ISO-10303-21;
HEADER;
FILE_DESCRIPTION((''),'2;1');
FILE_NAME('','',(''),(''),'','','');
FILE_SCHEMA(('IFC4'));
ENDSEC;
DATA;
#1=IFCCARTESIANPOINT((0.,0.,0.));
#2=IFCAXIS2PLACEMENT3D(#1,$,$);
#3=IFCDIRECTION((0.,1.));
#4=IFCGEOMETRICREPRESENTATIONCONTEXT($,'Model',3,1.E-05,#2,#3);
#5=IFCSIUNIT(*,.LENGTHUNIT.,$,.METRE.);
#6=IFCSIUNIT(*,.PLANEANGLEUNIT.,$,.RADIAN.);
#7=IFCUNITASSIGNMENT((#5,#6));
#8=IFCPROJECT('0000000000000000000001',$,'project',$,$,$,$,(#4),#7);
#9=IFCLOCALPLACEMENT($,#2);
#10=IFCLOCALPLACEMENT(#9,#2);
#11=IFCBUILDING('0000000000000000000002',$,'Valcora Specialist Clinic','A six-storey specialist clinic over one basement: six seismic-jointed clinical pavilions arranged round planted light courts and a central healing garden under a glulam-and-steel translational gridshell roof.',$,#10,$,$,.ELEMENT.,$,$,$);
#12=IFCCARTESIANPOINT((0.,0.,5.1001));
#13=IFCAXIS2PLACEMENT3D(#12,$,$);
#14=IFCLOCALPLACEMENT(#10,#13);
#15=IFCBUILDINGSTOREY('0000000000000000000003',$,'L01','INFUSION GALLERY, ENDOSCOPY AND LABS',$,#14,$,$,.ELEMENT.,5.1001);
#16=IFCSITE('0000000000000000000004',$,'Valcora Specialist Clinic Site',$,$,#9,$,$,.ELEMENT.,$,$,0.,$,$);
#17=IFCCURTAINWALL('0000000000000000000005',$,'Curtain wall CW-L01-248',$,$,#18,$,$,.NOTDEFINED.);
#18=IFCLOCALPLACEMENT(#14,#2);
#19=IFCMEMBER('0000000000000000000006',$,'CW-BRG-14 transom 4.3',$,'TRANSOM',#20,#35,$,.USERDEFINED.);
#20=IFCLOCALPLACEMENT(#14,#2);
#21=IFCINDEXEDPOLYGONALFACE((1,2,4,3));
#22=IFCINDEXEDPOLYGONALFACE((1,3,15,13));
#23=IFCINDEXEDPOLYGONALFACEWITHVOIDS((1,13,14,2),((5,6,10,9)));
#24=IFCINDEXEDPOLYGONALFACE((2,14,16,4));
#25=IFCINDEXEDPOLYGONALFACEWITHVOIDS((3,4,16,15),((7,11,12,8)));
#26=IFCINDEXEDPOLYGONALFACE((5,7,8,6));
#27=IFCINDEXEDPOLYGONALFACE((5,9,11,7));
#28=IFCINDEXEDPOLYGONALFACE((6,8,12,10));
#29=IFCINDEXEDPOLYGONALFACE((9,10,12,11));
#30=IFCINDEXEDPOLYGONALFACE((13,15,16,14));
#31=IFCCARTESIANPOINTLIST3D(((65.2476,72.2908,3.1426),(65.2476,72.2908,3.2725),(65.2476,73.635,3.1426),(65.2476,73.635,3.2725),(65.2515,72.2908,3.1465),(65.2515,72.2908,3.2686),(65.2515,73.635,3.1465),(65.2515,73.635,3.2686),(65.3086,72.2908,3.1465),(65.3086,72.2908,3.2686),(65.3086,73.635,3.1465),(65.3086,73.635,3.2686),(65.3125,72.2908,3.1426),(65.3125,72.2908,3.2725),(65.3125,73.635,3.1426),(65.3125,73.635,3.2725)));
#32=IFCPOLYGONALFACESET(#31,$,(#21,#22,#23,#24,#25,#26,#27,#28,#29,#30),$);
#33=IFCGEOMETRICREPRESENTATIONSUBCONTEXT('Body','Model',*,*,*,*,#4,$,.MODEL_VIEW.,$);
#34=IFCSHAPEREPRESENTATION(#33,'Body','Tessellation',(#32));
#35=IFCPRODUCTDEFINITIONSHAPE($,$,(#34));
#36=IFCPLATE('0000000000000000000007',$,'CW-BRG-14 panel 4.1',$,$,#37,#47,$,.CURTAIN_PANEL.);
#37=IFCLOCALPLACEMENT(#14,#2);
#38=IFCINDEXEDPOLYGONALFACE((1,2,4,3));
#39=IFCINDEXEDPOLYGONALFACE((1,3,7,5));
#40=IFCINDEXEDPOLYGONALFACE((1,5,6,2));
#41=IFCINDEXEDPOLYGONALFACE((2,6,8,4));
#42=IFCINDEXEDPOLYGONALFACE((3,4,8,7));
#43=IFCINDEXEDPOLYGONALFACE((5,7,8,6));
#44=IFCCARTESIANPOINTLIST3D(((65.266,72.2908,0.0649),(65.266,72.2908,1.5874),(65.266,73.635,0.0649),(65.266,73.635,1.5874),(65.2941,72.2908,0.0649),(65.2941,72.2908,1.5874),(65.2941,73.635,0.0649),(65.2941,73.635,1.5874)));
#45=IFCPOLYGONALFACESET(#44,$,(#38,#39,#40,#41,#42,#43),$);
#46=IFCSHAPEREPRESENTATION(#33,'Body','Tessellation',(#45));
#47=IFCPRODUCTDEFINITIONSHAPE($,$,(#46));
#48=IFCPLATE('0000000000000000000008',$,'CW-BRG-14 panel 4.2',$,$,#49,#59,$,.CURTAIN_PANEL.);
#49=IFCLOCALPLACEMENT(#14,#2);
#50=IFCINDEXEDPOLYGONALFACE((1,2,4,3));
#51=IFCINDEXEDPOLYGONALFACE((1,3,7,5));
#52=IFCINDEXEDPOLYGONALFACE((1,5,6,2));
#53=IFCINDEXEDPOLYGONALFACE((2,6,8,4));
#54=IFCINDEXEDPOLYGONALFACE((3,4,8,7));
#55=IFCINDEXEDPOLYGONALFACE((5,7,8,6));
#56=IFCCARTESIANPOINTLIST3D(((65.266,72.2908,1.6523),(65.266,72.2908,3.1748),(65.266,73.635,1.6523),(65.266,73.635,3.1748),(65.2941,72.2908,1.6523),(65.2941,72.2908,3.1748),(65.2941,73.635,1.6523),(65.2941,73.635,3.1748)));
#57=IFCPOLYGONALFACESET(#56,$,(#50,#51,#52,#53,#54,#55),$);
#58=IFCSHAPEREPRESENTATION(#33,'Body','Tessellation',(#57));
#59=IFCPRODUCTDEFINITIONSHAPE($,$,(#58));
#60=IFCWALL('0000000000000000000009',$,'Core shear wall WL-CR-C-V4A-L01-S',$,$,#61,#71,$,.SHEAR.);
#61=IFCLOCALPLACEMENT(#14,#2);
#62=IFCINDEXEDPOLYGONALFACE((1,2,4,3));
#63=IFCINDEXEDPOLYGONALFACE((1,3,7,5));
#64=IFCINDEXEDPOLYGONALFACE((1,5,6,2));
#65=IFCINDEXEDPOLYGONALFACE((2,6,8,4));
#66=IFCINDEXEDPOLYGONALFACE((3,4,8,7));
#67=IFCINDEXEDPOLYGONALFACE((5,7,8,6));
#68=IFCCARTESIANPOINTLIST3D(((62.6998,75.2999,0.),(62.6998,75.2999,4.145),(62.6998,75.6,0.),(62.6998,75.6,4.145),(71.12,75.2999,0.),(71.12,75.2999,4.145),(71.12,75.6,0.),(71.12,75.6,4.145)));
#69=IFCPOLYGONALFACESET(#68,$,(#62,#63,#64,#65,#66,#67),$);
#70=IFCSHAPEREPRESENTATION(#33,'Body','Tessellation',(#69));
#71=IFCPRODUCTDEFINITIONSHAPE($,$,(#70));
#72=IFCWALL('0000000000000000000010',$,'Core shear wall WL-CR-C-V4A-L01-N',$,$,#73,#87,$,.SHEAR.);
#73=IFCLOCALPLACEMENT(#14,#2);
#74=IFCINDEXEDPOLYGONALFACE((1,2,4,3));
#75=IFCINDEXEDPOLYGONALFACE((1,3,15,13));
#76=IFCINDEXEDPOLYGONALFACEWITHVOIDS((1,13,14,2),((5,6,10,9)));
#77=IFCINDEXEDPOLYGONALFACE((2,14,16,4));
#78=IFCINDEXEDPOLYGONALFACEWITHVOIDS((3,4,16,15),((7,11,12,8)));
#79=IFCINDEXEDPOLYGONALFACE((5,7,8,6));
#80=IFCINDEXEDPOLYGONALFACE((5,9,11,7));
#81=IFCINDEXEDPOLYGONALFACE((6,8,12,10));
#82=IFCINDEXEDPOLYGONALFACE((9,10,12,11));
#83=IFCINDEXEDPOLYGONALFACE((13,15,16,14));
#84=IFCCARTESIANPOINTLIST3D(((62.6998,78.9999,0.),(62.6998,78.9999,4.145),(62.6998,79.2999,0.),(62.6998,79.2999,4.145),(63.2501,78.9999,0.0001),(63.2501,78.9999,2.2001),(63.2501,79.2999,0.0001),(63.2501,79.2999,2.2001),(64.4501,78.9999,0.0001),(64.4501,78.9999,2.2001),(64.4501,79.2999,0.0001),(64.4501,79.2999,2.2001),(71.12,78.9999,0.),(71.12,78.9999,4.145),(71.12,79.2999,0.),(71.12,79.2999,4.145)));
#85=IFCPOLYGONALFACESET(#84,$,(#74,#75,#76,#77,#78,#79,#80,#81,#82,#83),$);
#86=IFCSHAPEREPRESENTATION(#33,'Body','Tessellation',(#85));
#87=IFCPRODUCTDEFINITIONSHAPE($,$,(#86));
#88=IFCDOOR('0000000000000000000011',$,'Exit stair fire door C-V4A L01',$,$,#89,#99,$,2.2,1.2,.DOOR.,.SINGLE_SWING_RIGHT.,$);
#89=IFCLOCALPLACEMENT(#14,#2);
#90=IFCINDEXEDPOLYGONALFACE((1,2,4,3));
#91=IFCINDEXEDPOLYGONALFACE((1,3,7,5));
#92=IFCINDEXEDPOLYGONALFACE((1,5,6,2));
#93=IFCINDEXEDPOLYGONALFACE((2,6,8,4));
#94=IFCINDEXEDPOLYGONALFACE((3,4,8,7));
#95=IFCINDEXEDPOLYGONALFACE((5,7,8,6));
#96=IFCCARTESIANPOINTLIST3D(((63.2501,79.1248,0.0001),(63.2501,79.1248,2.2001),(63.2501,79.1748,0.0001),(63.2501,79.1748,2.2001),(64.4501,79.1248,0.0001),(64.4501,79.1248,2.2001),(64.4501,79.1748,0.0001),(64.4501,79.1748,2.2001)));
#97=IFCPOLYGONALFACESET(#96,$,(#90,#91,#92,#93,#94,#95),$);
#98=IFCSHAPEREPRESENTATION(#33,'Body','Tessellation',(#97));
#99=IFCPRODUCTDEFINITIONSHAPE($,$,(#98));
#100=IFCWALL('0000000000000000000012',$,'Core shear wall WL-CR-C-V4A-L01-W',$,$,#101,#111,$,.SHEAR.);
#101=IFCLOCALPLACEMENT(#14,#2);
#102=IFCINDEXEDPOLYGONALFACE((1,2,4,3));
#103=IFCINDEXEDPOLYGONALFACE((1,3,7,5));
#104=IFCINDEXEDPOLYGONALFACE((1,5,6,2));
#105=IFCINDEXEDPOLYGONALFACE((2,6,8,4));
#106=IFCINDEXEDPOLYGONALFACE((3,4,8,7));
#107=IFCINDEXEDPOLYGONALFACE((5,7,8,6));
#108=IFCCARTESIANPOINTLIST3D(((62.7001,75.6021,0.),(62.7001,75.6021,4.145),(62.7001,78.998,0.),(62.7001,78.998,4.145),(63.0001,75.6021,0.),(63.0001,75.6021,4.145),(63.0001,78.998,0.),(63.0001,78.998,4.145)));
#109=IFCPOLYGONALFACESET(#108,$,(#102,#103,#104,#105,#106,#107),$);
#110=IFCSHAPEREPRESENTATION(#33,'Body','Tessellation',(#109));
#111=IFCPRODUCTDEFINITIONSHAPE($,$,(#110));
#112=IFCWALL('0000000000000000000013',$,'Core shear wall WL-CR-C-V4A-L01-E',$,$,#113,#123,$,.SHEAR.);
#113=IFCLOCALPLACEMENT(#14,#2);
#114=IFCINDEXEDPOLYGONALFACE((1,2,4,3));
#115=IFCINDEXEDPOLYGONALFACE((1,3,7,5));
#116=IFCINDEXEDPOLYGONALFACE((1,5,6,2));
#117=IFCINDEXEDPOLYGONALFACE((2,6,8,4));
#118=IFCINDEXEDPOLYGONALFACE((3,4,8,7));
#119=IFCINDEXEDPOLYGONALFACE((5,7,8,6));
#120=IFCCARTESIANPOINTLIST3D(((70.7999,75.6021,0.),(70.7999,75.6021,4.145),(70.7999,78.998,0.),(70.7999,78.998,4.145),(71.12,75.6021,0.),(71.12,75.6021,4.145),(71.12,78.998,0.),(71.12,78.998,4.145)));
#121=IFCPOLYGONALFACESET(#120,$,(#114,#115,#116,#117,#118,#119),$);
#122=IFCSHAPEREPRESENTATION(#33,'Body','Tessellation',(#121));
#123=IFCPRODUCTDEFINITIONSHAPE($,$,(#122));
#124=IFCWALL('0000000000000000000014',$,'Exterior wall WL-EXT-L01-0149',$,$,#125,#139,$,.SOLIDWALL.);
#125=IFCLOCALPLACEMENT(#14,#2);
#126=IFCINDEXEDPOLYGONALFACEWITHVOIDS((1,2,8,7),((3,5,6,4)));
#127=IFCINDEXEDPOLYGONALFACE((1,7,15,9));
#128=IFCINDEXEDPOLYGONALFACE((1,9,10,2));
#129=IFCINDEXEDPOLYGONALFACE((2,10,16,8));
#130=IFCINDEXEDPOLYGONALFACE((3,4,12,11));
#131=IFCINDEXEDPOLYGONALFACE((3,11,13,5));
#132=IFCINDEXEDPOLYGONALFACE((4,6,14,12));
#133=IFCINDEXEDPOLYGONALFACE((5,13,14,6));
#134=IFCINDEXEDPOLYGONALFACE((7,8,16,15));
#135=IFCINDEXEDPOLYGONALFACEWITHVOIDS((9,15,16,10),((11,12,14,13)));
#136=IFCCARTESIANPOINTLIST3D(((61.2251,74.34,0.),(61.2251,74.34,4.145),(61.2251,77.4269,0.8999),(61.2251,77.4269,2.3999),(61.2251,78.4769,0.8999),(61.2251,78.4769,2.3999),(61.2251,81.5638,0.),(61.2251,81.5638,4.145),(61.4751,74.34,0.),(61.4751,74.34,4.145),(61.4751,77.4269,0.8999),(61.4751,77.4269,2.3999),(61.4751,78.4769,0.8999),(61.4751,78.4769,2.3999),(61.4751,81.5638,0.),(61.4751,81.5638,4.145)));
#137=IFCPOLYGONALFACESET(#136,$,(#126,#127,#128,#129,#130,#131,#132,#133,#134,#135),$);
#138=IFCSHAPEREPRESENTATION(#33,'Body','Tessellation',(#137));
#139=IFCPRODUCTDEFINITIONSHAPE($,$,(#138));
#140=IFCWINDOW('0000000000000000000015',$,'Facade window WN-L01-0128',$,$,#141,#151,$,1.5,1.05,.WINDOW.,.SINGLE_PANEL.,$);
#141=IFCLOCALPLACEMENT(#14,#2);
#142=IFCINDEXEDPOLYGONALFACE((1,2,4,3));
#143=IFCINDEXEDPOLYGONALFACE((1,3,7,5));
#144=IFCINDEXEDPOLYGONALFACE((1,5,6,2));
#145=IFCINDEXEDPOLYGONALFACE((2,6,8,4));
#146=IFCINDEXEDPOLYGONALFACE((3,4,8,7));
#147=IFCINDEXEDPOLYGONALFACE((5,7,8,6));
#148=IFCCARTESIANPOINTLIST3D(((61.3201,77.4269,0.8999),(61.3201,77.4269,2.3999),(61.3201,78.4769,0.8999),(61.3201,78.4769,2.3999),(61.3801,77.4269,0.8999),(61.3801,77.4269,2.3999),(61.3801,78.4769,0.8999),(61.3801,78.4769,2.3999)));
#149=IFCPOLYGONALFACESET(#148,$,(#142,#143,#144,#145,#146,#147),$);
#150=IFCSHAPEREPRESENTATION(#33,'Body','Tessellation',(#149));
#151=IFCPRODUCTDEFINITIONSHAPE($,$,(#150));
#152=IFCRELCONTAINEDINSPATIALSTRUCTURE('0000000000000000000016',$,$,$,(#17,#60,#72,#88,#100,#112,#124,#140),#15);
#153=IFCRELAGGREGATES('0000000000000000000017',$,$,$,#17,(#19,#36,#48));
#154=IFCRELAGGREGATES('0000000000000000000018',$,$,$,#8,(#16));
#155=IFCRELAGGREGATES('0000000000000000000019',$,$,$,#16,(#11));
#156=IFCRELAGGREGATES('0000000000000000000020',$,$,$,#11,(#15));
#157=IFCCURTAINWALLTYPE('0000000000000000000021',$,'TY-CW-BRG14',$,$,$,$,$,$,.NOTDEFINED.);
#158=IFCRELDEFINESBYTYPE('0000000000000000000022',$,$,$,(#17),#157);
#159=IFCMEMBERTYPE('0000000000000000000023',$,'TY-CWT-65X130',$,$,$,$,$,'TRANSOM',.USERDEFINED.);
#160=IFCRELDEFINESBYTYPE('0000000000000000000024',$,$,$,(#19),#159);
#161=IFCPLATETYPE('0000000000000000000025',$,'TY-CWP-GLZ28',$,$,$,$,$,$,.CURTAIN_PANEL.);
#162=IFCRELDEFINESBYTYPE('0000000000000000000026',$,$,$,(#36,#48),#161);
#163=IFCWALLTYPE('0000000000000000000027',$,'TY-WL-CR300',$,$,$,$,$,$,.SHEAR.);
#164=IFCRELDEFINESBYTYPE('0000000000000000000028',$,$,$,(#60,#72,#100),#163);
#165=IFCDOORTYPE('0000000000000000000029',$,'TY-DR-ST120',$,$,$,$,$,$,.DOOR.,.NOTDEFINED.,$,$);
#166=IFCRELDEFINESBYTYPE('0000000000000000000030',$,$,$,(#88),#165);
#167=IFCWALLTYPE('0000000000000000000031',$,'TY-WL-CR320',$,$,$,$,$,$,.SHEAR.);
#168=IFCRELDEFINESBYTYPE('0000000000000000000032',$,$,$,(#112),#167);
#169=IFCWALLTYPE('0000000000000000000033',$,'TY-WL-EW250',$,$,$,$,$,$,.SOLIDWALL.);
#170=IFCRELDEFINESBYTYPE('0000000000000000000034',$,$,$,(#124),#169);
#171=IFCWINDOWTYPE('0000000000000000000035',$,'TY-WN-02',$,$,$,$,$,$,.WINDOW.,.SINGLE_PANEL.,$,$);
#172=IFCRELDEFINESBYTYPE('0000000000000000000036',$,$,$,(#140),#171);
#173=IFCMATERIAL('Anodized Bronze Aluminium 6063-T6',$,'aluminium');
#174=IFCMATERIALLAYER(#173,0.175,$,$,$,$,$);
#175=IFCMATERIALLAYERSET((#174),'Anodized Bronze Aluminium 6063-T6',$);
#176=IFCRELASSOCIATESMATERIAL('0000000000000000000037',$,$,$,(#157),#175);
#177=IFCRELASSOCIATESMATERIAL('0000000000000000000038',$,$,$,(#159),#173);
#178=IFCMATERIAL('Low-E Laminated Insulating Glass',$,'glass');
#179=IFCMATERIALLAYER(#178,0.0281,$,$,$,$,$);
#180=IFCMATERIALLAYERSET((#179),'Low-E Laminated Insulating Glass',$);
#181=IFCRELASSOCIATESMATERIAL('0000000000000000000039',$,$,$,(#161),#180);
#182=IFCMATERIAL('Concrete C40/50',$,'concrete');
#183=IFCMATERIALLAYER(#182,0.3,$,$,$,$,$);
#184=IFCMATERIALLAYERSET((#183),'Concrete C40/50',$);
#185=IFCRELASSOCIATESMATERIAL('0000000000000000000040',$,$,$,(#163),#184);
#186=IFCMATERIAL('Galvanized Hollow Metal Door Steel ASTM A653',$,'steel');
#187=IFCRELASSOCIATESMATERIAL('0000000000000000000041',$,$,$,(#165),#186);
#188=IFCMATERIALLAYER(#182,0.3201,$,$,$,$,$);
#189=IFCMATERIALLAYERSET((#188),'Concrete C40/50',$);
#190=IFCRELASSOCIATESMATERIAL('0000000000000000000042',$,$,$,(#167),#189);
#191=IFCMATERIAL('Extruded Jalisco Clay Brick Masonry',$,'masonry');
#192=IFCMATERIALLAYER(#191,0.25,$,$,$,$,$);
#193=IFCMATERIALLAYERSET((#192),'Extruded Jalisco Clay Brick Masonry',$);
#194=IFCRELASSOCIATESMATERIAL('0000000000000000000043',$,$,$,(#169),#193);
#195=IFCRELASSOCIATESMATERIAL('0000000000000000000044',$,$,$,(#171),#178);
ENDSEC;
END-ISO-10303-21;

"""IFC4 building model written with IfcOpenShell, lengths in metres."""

from ifc_helpers import new_model, si_unit, direction, frame, frame_2d, origin, origin_2d, place, context, subcontext, project, spatial, rectangle, hollow_rectangle, extrude, material, layer, layer_set, material_profile, profile_set, type_object, element, fill, aggregate, save


model = new_model("IFC4")

# Units and contexts
model_context = context("Model", 3, precision=1e-05, world=origin(), true_north=direction((0.0, 1.0)))
body_context = subcontext(model_context, "Body", "Model", "MODEL_VIEW")
ifc_project = project(units=[si_unit("LENGTHUNIT", "METRE"), si_unit("PLANEANGLEUNIT", "RADIAN")], contexts=[model_context])

# Site, building, storey
site_placement = place(None, origin())
site = spatial("IfcSite", under=ifc_project, at=site_placement, Name="Valcora Specialist Clinic Site", CompositionType="ELEMENT", RefElevation=0.0)
building_placement = place(site_placement, origin())
building = spatial("IfcBuilding", under=site, at=building_placement, Name="Valcora Specialist Clinic", Description="A six-storey specialist clinic over one basement: six seismic-jointed clinical pavilions arranged round planted light courts and a central healing garden under a glulam-and-steel translational gridshell roof.", CompositionType="ELEMENT")
storey_placement = place(building_placement, frame((0.0, 0.0, 5.1001)))
storey = spatial("IfcBuildingStorey", under=building, at=storey_placement, Name="L01", Description="INFUSION GALLERY, ENDOSCOPY AND LABS", CompositionType="ELEMENT", Elevation=5.1001)

# Shared definitions
ifc_material_1 = material(Name="Concrete C40/50", Category="concrete")

# Curtain wall, member, plates
ifc_material_2 = material(Name="Anodized Bronze Aluminium 6063-T6", Category="aluminium")
ifc_layer_1 = layer(ifc_material_2, 0.175)
ifc_layer_set_1 = layer_set([ifc_layer_1], Name="Anodized Bronze Aluminium 6063-T6")
curtain_wall_type = type_object("IfcCurtainWallType", Name="TY-CW-BRG14", PredefinedType="NOTDEFINED", material=ifc_layer_set_1)
curtain_wall_placement = place(storey_placement, origin())
curtain_wall = element("IfcCurtainWall", 1, at=curtain_wall_placement, inside=storey, type_object=curtain_wall_type, Name="Curtain wall CW-L01-248", PredefinedType="NOTDEFINED")
ifc_material_profile_1 = material_profile(ifc_material_2, hollow_rectangle(XDim=0.0649, YDim=0.1299, WallThickness=0.0039, at=origin_2d()), Name="AL-TRN-65X130")
ifc_profile_set_1 = profile_set([ifc_material_profile_1], Name="Anodized Bronze Aluminium 6063-T6")
member_type_1 = type_object("IfcMemberType", Name="TY-CWT-65X130", ElementType="TRANSOM", PredefinedType="USERDEFINED", material=ifc_profile_set_1)
member_1_placement = place(storey_placement, frame((65.28, 72.2908, 3.2075), z_axis=(0.0, 1.0, 0.0), x_axis=(-1.0, 0.0, 0.0)))
member_1 = element("IfcMember", 2, at=member_1_placement, type_object=member_type_1, Name="CW-BRG-14 transom 4.3", ObjectType="TRANSOM", PredefinedType="USERDEFINED", context=body_context, shape_type="SweptSolid", body=[
    extrude(hollow_rectangle(XDim=0.0649, YDim=0.1299, WallThickness=0.0039, at=origin_2d()), origin(), (0.0, 0.0, 1.0), 1.3442),
])
ifc_material_3 = material(Name="Low-E Laminated Insulating Glass", Category="glass")
ifc_layer_2 = layer(ifc_material_3, 0.0281)
ifc_layer_set_2 = layer_set([ifc_layer_2], Name="Low-E Laminated Insulating Glass")
plate_type = type_object("IfcPlateType", Name="TY-CWP-GLZ28", PredefinedType="CURTAIN_PANEL", material=ifc_layer_set_2)
plate_1_placement = place(storey_placement, frame((65.28, 72.9629, 0.0649), z_axis=(0.0, 0.0, 1.0), x_axis=(0.0, 1.0, 0.0)))
plate_1 = element("IfcPlate", 3, at=plate_1_placement, type_object=plate_type, Name="CW-BRG-14 panel 4.1", PredefinedType="CURTAIN_PANEL", context=body_context, shape_type="SweptSolid", body=[
    extrude(rectangle(XDim=1.3442, YDim=0.0281, at=origin_2d()), origin(), (0.0, 0.0, 1.0), 1.5225),
])
plate_2_placement = place(storey_placement, frame((65.28, 72.9629, 1.6523), z_axis=(0.0, 0.0, 1.0), x_axis=(0.0, 1.0, 0.0)))
plate_2 = element("IfcPlate", 4, at=plate_2_placement, type_object=plate_type, Name="CW-BRG-14 panel 4.2", PredefinedType="CURTAIN_PANEL", context=body_context, shape_type="SweptSolid", body=[
    extrude(rectangle(XDim=1.3442, YDim=0.0281, at=origin_2d()), origin(), (0.0, 0.0, 1.0), 1.5225),
])
aggregate(curtain_wall, [member_1, plate_1, plate_2])

# Wall
ifc_layer_3 = layer(ifc_material_1, 0.3)
ifc_layer_set_3 = layer_set([ifc_layer_3], Name="Concrete C40/50")
wall_type_1 = type_object("IfcWallType", Name="TY-WL-CR300", PredefinedType="SHEAR", material=ifc_layer_set_3)
wall_1_placement = place(storey_placement, frame((62.7, 75.45, 0.0), z_axis=(0.0, 0.0, 1.0), x_axis=(1.0, 0.0, 0.0)))
element("IfcWall", 5, at=wall_1_placement, inside=storey, type_object=wall_type_1, Name="Core shear wall WL-CR-C-V4A-L01-S", PredefinedType="SHEAR", context=body_context, shape_type="SweptSolid", body=[
    extrude(rectangle(XDim=8.4202, YDim=0.3, at=frame_2d((4.21, 0.0))), origin(), (0.0, 0.0, 1.0), 4.145),
])

# Wall, opening, door
wall_2_placement = place(storey_placement, frame((62.7, 79.1499, 0.0), z_axis=(0.0, 0.0, 1.0), x_axis=(1.0, 0.0, 0.0)))
wall_2 = element("IfcWall", 6, at=wall_2_placement, inside=storey, type_object=wall_type_1, Name="Core shear wall WL-CR-C-V4A-L01-N", PredefinedType="SHEAR", context=body_context, shape_type="SweptSolid", body=[
    extrude(rectangle(XDim=8.4202, YDim=0.3, at=frame_2d((4.21, 0.0))), origin(), (0.0, 0.0, 1.0), 4.145),
])
opening_1_placement = place(wall_2_placement, frame((0.55, 0.0, 0.0)))
opening_1 = element("IfcOpeningElement", 7, at=opening_1_placement, cuts=wall_2, PredefinedType="OPENING", context=body_context, shape_type="SweptSolid", body=[
    extrude(rectangle(XDim=1.2, YDim=2.2, at=frame_2d((0.6001, 1.1001))), frame((0.0, 0.1599, 0.0), z_axis=(0.0, -1.0, 0.0), x_axis=(1.0, 0.0, 0.0)), (0.0, 0.0, 1.0), 0.3201),
])
ifc_material_4 = material(Name="Galvanized Hollow Metal Door Steel ASTM A653", Category="steel")
door_type = type_object("IfcDoorType", Name="TY-DR-ST120", OperationType="NOTDEFINED", PredefinedType="DOOR", material=ifc_material_4)
door_placement = place(opening_1_placement, origin())
door = element("IfcDoor", 8, at=door_placement, inside=storey, type_object=door_type, Name="Exit stair fire door C-V4A L01", OperationType="SINGLE_SWING_RIGHT", OverallHeight=2.2, OverallWidth=1.2, PredefinedType="DOOR", context=body_context, shape_type="SweptSolid", body=[
    extrude(rectangle(XDim=1.2, YDim=2.2, at=frame_2d((0.6001, 1.1001))), frame((0.0, 0.0249, 0.0), z_axis=(0.0, -1.0, 0.0), x_axis=(1.0, 0.0, 0.0)), (0.0, 0.0, 1.0), 0.05),
])
fill(opening_1, door)

# Walls
wall_3_placement = place(storey_placement, frame((62.8501, 75.6021, 0.0), z_axis=(0.0, 0.0, 1.0), x_axis=(0.0, 1.0, 0.0)))
element("IfcWall", 9, at=wall_3_placement, inside=storey, type_object=wall_type_1, Name="Core shear wall WL-CR-C-V4A-L01-W", PredefinedType="SHEAR", context=body_context, shape_type="SweptSolid", body=[
    extrude(rectangle(XDim=3.396, YDim=0.3, at=frame_2d((1.698, 0.0))), origin(), (0.0, 0.0, 1.0), 4.145),
])
ifc_layer_4 = layer(ifc_material_1, 0.3201)
ifc_layer_set_4 = layer_set([ifc_layer_4], Name="Concrete C40/50")
wall_type_2 = type_object("IfcWallType", Name="TY-WL-CR320", PredefinedType="SHEAR", material=ifc_layer_set_4)
wall_4_placement = place(storey_placement, frame((70.96, 75.6021, 0.0), z_axis=(0.0, 0.0, 1.0), x_axis=(0.0, 1.0, 0.0)))
element("IfcWall", 10, at=wall_4_placement, inside=storey, type_object=wall_type_2, Name="Core shear wall WL-CR-C-V4A-L01-E", PredefinedType="SHEAR", context=body_context, shape_type="SweptSolid", body=[
    extrude(rectangle(XDim=3.396, YDim=0.3201, at=frame_2d((1.698, 0.0))), origin(), (0.0, 0.0, 1.0), 4.145),
])

# Wall, opening, window
ifc_material_5 = material(Name="Extruded Jalisco Clay Brick Masonry", Category="masonry")
ifc_layer_5 = layer(ifc_material_5, 0.25)
ifc_layer_set_5 = layer_set([ifc_layer_5], Name="Extruded Jalisco Clay Brick Masonry")
wall_type_3 = type_object("IfcWallType", Name="TY-WL-EW250", PredefinedType="SOLIDWALL", material=ifc_layer_set_5)
wall_5_placement = place(storey_placement, frame((61.3501, 74.3401, 0.0), z_axis=(0.0, 0.0, 1.0), x_axis=(0.0, 1.0, 0.0)))
wall_5 = element("IfcWall", 11, at=wall_5_placement, inside=storey, type_object=wall_type_3, Name="Exterior wall WL-EXT-L01-0149", PredefinedType="SOLIDWALL", context=body_context, shape_type="SweptSolid", body=[
    extrude(rectangle(XDim=7.2239, YDim=0.25, at=frame_2d((3.6118, 0.0))), origin(), (0.0, 0.0, 1.0), 4.145),
])
opening_2_placement = place(wall_5_placement, frame((3.0869, 0.0, 0.8999)))
opening_2 = element("IfcOpeningElement", 12, at=opening_2_placement, cuts=wall_5, PredefinedType="OPENING", context=body_context, shape_type="SweptSolid", body=[
    extrude(rectangle(XDim=1.05, YDim=1.5, at=frame_2d((0.5249, 0.75))), frame((0.0, 0.135, 0.0), z_axis=(0.0, -1.0, 0.0), x_axis=(1.0, 0.0, 0.0)), (0.0, 0.0, 1.0), 0.27),
])
window_type_1 = type_object("IfcWindowType", Name="TY-WN-02", PartitioningType="SINGLE_PANEL", PredefinedType="WINDOW", material=ifc_material_3)
window_1_placement = place(opening_2_placement, origin())
window_1 = element("IfcWindow", 13, at=window_1_placement, inside=storey, type_object=window_type_1, Name="Facade window WN-L01-0128", OverallHeight=1.5, OverallWidth=1.05, PartitioningType="SINGLE_PANEL", PredefinedType="WINDOW", context=body_context, shape_type="SweptSolid", body=[
    extrude(rectangle(XDim=1.05, YDim=1.5, at=frame_2d((0.5249, 0.75))), frame((0.0, 0.03, 0.0), z_axis=(0.0, -1.0, 0.0), x_axis=(1.0, 0.0, 0.0)), (0.0, 0.0, 1.0), 0.0601),
])
fill(opening_2, window_1)

save(model, "model.ifc")
